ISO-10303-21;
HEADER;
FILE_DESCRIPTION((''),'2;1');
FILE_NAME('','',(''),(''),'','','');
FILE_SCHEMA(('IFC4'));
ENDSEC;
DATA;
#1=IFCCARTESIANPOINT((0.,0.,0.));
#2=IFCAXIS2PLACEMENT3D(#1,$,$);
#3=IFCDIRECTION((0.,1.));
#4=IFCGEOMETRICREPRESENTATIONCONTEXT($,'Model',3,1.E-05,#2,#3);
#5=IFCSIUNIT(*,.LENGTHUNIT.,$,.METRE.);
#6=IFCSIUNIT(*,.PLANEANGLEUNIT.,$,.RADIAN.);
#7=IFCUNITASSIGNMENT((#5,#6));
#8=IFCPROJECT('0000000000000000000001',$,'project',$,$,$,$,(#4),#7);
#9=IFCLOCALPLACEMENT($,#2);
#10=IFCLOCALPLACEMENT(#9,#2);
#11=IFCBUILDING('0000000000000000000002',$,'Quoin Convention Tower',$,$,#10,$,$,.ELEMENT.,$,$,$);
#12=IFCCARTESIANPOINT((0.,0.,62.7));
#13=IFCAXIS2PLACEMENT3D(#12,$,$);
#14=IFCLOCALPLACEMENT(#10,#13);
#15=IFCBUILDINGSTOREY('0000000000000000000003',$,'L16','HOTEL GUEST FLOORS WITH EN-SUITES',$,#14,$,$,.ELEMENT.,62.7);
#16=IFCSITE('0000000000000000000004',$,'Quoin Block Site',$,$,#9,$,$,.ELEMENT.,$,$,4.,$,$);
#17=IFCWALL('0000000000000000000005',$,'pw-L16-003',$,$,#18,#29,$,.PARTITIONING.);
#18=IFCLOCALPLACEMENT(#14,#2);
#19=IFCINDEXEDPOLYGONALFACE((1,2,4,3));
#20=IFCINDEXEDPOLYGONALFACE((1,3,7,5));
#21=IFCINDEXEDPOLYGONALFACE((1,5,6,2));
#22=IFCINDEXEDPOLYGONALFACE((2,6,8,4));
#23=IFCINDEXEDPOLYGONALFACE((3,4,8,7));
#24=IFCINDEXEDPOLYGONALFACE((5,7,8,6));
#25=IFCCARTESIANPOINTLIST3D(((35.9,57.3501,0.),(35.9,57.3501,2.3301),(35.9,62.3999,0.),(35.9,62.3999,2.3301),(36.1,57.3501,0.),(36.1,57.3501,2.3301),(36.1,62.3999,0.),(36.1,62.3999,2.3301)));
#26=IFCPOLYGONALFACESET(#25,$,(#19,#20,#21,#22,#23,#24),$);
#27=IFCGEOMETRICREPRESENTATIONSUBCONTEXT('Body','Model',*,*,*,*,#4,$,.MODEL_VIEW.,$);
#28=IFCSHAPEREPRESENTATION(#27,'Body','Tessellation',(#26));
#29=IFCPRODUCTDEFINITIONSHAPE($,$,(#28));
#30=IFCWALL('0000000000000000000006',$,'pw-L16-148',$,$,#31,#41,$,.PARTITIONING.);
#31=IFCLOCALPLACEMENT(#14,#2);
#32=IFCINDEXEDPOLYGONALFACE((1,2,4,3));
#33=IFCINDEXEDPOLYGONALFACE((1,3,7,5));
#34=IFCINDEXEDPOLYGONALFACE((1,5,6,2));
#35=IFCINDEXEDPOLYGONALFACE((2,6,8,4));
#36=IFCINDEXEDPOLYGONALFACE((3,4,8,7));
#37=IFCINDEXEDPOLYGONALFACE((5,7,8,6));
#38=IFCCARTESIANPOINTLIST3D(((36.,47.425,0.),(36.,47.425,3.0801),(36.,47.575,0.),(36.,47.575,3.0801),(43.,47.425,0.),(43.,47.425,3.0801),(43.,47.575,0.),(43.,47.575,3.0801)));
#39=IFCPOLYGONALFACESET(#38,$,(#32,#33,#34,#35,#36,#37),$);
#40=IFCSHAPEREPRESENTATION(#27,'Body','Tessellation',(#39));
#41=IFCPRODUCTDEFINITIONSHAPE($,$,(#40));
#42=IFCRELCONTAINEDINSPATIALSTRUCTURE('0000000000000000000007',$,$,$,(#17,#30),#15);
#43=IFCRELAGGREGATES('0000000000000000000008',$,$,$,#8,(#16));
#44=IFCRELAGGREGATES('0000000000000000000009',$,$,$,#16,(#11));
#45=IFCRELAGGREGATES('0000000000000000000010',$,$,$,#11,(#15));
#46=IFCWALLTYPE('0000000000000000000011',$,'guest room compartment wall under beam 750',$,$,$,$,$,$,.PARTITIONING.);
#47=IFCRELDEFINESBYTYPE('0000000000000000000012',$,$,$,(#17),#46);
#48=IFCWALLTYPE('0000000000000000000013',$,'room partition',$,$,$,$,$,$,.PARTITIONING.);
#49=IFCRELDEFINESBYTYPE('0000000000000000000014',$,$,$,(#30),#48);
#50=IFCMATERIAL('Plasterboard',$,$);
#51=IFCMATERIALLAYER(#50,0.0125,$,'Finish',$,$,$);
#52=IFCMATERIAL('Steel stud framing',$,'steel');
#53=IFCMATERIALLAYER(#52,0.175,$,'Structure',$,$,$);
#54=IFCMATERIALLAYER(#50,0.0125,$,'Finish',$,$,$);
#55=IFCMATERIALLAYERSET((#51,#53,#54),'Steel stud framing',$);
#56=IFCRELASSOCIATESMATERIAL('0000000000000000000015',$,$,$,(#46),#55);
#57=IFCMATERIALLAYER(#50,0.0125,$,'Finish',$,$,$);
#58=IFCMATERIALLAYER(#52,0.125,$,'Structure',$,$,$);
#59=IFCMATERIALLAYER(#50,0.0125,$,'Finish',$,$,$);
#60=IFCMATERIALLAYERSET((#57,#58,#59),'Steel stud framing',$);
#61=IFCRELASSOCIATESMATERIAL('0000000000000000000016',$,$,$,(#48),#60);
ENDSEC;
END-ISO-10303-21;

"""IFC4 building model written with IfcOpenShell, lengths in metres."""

from ifc_helpers import new_model, si_unit, direction, frame, frame_2d, origin, place, context, subcontext, project, spatial, rectangle, extrude, material, layer, layer_set, type_object, element, save


model = new_model("IFC4")

# Units and contexts
model_context = context("Model", 3, precision=1e-05, world=origin(), true_north=direction((0.0, 1.0)))
body_context = subcontext(model_context, "Body", "Model", "MODEL_VIEW")
ifc_project = project(units=[si_unit("LENGTHUNIT", "METRE"), si_unit("PLANEANGLEUNIT", "RADIAN")], contexts=[model_context])

# Site, building, storey
site_placement = place(None, origin())
site = spatial("IfcSite", under=ifc_project, at=site_placement, Name="Quoin Block Site", CompositionType="ELEMENT", RefElevation=4.0)
building_placement = place(site_placement, origin())
building = spatial("IfcBuilding", under=site, at=building_placement, Name="Quoin Convention Tower", CompositionType="ELEMENT")
storey_placement = place(building_placement, frame((0.0, 0.0, 62.7)))
storey = spatial("IfcBuildingStorey", under=building, at=storey_placement, Name="L16", Description="HOTEL GUEST FLOORS WITH EN-SUITES", CompositionType="ELEMENT", Elevation=62.7)

# Shared definitions
ifc_material_1 = material(Name="Plasterboard")
ifc_material_2 = material(Name="Steel stud framing", Category="steel")

# Walls
ifc_layer_1 = layer(ifc_material_1, 0.0125, Name="Finish")
ifc_layer_2 = layer(ifc_material_2, 0.175, Name="Structure")
ifc_layer_3 = layer(ifc_material_1, 0.0125, Name="Finish")
ifc_layer_set_1 = layer_set([ifc_layer_1, ifc_layer_2, ifc_layer_3], Name="Steel stud framing")
wall_type_1 = type_object("IfcWallType", Name="guest room compartment wall under beam 750", PredefinedType="PARTITIONING", material=ifc_layer_set_1)
wall_1_placement = place(storey_placement, frame((36.0, 57.3501, 0.0), z_axis=(0.0, 0.0, 1.0), x_axis=(0.0, 1.0, 0.0)))
element("IfcWall", 1, at=wall_1_placement, inside=storey, type_object=wall_type_1, Name="pw-L16-003", PredefinedType="PARTITIONING", context=body_context, shape_type="SweptSolid", body=[
    extrude(rectangle(XDim=5.0498, YDim=0.2, at=frame_2d((2.5249, 0.0))), origin(), (0.0, 0.0, 1.0), 2.3301),
])
ifc_layer_4 = layer(ifc_material_1, 0.0125, Name="Finish")
ifc_layer_5 = layer(ifc_material_2, 0.125, Name="Structure")
ifc_layer_6 = layer(ifc_material_1, 0.0125, Name="Finish")
ifc_layer_set_2 = layer_set([ifc_layer_4, ifc_layer_5, ifc_layer_6], Name="Steel stud framing")
wall_type_2 = type_object("IfcWallType", Name="room partition", PredefinedType="PARTITIONING", material=ifc_layer_set_2)
wall_2_placement = place(storey_placement, frame((36.0, 47.5, 0.0), z_axis=(0.0, 0.0, 1.0), x_axis=(1.0, 0.0, 0.0)))
element("IfcWall", 2, at=wall_2_placement, inside=storey, type_object=wall_type_2, Name="pw-L16-148", PredefinedType="PARTITIONING", context=body_context, shape_type="SweptSolid", body=[
    extrude(rectangle(XDim=7.0, YDim=0.1499, at=frame_2d((3.5, 0.0))), origin(), (0.0, 0.0, 1.0), 3.0801),
])

save(model, "model.ifc")
